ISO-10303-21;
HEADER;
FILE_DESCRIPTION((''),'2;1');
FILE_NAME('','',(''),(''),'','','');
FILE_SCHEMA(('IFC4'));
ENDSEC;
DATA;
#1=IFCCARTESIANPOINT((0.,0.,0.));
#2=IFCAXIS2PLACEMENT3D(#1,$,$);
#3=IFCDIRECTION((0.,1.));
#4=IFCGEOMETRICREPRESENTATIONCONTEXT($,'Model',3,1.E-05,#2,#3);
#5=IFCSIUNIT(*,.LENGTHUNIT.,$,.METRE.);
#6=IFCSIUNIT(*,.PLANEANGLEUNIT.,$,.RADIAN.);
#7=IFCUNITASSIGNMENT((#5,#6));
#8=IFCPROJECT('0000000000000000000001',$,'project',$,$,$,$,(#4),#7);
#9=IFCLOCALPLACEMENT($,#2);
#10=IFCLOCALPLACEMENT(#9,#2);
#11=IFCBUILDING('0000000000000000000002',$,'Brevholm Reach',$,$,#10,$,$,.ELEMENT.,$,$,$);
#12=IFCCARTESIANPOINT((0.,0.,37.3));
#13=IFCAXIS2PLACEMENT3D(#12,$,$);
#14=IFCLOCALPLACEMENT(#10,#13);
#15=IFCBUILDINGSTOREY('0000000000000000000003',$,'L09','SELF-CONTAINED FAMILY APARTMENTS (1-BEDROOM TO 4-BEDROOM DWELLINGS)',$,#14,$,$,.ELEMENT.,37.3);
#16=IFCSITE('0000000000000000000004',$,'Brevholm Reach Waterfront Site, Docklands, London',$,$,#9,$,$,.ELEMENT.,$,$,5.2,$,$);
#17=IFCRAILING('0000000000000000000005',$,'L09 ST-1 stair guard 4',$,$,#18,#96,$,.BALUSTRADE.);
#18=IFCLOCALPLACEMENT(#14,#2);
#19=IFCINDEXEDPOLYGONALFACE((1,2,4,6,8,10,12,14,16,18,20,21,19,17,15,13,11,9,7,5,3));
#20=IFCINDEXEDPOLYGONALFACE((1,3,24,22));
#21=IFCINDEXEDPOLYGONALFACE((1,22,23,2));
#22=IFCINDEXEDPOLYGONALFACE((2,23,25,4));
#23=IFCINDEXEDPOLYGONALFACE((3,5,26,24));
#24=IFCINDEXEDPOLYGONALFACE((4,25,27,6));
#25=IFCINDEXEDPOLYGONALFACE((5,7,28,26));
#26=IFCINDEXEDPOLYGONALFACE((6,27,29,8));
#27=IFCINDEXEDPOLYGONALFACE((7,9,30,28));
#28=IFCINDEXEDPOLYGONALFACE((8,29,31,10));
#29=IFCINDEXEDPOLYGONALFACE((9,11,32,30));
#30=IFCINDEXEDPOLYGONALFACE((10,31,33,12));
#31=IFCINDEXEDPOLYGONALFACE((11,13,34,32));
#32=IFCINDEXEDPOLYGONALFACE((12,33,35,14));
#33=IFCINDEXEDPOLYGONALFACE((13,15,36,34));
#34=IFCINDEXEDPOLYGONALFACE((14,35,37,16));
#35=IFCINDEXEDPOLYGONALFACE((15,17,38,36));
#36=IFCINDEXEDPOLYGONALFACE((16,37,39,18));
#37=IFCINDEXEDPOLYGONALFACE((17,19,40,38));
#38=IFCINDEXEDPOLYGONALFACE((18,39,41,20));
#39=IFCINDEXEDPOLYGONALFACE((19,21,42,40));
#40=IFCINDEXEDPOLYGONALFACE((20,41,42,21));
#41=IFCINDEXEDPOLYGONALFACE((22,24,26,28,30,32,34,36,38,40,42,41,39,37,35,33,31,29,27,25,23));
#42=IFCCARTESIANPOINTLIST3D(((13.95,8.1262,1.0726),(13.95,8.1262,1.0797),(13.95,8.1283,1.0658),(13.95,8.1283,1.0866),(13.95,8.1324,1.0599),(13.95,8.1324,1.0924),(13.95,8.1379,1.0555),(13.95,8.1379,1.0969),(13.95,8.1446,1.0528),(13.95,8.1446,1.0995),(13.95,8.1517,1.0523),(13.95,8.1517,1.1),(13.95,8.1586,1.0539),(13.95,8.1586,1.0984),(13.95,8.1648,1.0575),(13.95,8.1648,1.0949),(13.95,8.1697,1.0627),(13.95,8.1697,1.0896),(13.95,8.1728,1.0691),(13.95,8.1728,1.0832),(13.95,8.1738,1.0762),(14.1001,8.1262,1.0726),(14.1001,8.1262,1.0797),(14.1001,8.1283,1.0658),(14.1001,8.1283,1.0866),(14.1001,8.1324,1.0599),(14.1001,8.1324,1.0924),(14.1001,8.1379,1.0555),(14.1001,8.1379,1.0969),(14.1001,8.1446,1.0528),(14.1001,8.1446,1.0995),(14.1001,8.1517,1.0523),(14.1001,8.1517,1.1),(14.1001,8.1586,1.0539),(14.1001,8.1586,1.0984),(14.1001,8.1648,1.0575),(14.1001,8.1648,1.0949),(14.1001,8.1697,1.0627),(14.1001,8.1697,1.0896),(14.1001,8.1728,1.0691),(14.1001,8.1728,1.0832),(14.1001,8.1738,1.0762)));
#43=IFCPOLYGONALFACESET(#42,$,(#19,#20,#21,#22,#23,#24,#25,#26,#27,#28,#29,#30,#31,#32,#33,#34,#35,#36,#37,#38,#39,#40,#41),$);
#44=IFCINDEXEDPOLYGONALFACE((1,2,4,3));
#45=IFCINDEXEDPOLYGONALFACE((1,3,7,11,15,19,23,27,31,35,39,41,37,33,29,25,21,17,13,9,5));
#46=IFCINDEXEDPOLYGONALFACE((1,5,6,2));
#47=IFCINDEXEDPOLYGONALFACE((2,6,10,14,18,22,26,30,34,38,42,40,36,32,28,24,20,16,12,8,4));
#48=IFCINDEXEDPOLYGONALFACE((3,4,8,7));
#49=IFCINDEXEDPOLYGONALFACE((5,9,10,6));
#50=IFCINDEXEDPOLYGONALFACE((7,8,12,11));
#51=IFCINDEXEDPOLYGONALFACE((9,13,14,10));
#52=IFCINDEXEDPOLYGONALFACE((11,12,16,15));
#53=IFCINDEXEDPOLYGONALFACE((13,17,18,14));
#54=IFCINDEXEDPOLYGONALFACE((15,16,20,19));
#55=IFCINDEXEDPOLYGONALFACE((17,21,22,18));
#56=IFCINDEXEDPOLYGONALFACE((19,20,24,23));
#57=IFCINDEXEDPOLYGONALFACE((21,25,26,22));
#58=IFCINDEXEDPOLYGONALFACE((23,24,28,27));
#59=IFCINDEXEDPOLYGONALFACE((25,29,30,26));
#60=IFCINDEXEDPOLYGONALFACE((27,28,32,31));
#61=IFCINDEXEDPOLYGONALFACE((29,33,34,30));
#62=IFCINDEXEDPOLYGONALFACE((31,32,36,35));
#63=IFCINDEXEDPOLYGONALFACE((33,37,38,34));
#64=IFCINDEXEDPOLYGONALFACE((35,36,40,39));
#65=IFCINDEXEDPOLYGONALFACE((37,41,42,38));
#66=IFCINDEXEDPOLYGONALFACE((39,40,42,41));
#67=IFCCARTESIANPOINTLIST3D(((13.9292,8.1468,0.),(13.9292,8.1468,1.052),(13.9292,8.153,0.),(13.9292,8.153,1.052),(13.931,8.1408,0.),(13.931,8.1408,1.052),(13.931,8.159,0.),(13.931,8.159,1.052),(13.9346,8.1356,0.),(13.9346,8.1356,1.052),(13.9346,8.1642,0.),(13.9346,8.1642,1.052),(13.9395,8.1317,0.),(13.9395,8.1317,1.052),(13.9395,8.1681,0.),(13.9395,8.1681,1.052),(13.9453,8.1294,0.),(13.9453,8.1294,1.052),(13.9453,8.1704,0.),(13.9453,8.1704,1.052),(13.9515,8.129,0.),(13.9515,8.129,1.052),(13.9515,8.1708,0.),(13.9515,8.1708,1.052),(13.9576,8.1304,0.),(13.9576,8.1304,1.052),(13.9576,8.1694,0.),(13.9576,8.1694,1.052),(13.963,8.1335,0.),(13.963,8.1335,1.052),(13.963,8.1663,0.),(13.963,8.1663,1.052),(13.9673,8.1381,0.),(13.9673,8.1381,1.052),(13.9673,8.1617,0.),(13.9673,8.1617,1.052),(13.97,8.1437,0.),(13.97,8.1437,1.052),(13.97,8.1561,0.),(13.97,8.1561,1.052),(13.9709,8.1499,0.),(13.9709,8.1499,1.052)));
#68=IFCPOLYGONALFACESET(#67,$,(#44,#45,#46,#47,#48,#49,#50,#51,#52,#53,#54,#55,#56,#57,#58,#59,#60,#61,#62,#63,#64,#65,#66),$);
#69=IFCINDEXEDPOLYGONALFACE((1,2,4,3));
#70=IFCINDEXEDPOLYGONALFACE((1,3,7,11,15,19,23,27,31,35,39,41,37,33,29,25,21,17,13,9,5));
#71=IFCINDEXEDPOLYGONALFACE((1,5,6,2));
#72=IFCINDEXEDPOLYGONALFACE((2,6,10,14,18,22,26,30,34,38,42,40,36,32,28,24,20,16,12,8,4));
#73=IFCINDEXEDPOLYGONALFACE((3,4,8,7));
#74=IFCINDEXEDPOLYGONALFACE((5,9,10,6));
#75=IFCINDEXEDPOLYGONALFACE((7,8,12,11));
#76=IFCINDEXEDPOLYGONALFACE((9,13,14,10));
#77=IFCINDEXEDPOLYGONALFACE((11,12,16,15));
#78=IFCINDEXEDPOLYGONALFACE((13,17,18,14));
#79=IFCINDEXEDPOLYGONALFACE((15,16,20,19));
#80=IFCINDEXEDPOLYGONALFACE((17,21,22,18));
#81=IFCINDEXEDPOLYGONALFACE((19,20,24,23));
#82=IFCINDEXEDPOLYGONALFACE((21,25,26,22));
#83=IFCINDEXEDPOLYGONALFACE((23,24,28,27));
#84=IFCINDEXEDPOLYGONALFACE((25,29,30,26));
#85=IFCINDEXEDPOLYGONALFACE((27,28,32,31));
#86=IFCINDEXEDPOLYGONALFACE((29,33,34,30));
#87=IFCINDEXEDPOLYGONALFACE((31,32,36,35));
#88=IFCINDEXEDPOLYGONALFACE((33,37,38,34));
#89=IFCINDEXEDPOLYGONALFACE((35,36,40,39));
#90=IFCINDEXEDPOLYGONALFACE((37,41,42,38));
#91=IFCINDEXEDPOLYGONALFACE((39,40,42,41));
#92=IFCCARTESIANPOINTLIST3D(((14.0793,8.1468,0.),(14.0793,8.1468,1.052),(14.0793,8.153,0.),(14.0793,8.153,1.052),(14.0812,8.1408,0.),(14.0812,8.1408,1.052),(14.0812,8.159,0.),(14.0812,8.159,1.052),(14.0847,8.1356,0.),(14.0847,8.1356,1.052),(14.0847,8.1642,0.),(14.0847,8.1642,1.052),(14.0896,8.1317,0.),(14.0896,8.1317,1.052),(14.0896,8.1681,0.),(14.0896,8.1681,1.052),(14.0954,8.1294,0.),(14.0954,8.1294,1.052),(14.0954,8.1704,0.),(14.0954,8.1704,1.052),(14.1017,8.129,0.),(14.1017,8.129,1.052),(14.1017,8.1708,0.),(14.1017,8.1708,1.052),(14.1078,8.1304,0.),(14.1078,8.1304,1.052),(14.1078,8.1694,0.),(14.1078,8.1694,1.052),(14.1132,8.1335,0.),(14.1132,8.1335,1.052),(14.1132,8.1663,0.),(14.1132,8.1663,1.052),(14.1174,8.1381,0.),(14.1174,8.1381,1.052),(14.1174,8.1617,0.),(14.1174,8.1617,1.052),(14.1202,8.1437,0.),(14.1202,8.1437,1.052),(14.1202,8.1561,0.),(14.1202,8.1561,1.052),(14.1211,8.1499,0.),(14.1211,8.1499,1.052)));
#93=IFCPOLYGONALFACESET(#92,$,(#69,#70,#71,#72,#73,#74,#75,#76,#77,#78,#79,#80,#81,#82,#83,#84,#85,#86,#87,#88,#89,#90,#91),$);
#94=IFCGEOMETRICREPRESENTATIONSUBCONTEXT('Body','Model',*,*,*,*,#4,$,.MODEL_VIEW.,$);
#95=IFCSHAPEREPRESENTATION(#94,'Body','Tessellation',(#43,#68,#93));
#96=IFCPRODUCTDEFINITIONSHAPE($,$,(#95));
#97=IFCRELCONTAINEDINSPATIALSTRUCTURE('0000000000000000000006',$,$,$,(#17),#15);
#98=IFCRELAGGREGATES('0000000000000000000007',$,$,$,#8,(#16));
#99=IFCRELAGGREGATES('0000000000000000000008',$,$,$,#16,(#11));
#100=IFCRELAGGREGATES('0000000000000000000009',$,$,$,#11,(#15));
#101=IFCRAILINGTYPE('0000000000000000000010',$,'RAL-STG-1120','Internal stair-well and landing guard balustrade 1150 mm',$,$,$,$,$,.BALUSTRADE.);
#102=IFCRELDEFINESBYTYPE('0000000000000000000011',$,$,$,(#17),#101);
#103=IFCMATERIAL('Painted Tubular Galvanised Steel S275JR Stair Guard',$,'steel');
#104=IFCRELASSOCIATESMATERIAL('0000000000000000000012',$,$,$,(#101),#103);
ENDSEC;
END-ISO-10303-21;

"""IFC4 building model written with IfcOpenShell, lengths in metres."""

from ifc_helpers import new_model, si_unit, direction, frame, origin, origin_2d, place, context, subcontext, project, spatial, circle, extrude, material, type_object, element, save


model = new_model("IFC4")

# Units and contexts
model_context = context("Model", 3, precision=1e-05, world=origin(), true_north=direction((0.0, 1.0)))
body_context = subcontext(model_context, "Body", "Model", "MODEL_VIEW")
ifc_project = project(units=[si_unit("LENGTHUNIT", "METRE"), si_unit("PLANEANGLEUNIT", "RADIAN")], contexts=[model_context])

# Site, building, storey
site_placement = place(None, origin())
site = spatial("IfcSite", under=ifc_project, at=site_placement, Name="Brevholm Reach Waterfront Site, Docklands, London", CompositionType="ELEMENT", RefElevation=5.2)
building_placement = place(site_placement, origin())
building = spatial("IfcBuilding", under=site, at=building_placement, Name="Brevholm Reach", CompositionType="ELEMENT")
storey_placement = place(building_placement, frame((0.0, 0.0, 37.3)))
storey = spatial("IfcBuildingStorey", under=building, at=storey_placement, Name="L09", Description="SELF-CONTAINED FAMILY APARTMENTS (1-BEDROOM TO 4-BEDROOM DWELLINGS)", CompositionType="ELEMENT", Elevation=37.3)

# Railing
ifc_material_1 = material(Name="Painted Tubular Galvanised Steel S275JR Stair Guard", Category="steel")
railing_type_1 = type_object("IfcRailingType", Name="RAL-STG-1120", Description="Internal stair-well and landing guard balustrade 1150 mm", PredefinedType="BALUSTRADE", material=ifc_material_1)
railing_1_placement = place(storey_placement, frame((13.95, 8.1499, 0.0)))
element("IfcRailing", 1, at=railing_1_placement, inside=storey, type_object=railing_type_1, Name="L09 ST-1 stair guard 4", PredefinedType="BALUSTRADE", context=body_context, shape_type="SweptSolid", body=[
    extrude(circle(Radius=0.0239, at=origin_2d()), frame((0.0, 0.0, 1.0762), z_axis=(1.0, 0.0, 0.0), x_axis=(0.0, 1.0, 0.0)), (0.0, 0.0, 1.0), 0.1501),
    extrude(circle(Radius=0.021, at=origin_2d()), origin(), (0.0, 0.0, 1.0), 1.052),
    extrude(circle(Radius=0.021, at=origin_2d()), frame((0.1501, 0.0, 0.0)), (0.0, 0.0, 1.0), 1.052),
])

save(model, "model.ifc")
